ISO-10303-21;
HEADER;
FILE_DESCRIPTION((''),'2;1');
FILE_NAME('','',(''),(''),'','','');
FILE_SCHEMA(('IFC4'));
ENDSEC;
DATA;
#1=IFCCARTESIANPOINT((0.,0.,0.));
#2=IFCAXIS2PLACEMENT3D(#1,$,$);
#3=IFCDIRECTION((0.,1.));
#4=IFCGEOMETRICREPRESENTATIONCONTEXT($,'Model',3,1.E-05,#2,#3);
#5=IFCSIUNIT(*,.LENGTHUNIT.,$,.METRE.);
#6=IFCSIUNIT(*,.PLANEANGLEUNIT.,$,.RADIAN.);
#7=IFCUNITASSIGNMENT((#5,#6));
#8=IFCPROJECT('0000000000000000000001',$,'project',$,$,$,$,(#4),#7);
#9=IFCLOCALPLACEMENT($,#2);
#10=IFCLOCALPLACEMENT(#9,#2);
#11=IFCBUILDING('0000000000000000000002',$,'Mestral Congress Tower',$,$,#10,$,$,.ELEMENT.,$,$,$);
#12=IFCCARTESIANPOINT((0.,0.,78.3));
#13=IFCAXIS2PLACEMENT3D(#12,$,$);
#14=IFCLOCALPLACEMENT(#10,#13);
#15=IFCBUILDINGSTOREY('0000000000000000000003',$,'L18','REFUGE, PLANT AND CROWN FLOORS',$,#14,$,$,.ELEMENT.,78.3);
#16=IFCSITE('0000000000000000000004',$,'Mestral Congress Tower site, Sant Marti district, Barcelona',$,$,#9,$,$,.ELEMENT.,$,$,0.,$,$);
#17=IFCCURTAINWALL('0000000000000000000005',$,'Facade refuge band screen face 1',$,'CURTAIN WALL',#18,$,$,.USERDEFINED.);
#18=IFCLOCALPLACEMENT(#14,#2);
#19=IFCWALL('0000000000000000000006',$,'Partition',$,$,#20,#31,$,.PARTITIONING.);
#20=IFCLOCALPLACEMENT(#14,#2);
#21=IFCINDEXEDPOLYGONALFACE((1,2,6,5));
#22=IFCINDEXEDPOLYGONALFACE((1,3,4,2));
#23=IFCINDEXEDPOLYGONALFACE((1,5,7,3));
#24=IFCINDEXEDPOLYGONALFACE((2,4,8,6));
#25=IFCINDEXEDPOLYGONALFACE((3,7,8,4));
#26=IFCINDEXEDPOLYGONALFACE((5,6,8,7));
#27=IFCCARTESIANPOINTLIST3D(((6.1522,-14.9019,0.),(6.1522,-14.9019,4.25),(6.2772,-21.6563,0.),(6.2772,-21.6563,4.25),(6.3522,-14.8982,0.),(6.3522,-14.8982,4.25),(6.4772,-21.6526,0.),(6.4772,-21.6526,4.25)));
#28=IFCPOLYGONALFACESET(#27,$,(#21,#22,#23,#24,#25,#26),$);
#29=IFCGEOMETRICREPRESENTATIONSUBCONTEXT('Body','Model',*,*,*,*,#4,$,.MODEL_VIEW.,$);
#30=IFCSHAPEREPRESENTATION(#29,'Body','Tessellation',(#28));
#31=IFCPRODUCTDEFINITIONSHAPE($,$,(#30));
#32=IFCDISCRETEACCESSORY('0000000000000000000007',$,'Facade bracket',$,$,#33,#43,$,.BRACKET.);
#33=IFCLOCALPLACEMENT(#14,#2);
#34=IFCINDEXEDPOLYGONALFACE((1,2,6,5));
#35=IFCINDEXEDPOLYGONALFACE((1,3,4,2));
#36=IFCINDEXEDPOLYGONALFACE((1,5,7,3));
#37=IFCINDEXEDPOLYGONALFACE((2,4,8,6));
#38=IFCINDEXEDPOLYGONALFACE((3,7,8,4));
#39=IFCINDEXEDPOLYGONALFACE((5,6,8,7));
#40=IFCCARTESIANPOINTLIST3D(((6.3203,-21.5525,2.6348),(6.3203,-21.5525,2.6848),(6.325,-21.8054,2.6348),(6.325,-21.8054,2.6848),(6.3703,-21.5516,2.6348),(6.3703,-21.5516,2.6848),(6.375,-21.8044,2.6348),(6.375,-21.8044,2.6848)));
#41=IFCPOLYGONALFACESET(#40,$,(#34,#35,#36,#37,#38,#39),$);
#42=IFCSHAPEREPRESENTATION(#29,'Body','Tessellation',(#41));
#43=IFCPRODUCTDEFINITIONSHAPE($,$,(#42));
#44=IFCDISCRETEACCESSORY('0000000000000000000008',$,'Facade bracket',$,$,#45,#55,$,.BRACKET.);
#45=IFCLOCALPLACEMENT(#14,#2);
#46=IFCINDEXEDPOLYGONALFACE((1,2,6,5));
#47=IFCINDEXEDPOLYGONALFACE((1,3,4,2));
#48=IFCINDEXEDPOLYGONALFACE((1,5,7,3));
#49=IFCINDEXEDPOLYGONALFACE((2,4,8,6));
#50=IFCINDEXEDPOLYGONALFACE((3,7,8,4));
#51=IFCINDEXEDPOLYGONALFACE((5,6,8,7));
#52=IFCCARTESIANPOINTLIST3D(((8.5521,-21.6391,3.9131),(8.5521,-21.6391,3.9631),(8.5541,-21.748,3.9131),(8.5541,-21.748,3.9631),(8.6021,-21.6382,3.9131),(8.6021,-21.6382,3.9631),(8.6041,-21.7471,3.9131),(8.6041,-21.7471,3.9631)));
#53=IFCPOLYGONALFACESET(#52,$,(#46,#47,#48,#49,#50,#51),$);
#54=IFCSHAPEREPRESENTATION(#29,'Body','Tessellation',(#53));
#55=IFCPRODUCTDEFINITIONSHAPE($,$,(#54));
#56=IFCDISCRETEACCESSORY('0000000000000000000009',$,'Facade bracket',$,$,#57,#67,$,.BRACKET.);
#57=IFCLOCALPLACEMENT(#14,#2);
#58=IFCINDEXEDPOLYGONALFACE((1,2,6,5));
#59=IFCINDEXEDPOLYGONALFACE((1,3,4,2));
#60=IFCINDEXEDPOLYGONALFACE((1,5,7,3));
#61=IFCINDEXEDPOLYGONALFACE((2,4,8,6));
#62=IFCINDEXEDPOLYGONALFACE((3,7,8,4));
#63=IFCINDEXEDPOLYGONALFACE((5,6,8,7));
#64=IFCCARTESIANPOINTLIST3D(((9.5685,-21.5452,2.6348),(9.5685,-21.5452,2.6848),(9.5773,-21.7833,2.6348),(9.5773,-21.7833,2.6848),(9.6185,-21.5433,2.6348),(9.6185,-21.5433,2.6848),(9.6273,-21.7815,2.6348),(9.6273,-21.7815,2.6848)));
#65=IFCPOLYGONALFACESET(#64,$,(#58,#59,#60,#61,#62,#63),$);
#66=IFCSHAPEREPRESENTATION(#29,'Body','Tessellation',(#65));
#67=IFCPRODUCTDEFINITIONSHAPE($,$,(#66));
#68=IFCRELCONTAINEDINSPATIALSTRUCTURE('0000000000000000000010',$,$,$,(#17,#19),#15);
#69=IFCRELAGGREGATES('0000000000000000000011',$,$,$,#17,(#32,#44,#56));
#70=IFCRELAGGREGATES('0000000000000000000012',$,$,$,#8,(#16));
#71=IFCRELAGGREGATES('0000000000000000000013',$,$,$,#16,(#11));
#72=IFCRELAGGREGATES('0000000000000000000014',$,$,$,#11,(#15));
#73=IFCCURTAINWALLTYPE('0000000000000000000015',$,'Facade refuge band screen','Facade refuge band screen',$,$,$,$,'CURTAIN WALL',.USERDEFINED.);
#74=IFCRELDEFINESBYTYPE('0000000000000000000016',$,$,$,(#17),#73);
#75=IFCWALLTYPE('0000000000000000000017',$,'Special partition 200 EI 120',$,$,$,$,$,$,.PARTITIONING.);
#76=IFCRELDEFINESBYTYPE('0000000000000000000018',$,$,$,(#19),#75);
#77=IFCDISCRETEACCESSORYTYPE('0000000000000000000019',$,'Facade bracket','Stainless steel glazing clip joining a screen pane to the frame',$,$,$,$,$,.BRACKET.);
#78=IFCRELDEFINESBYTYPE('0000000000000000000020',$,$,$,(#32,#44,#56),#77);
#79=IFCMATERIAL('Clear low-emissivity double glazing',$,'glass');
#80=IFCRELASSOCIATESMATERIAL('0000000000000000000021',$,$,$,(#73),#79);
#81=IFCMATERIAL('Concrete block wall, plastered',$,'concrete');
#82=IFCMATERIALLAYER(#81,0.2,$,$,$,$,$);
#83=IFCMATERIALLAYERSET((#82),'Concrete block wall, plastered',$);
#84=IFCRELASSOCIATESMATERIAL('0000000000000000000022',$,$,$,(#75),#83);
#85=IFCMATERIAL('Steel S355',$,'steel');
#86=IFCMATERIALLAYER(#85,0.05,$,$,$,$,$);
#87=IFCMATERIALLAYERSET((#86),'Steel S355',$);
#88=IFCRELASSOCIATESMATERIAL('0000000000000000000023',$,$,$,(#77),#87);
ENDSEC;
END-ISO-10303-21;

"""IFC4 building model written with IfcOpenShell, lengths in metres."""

from ifc_helpers import new_model, si_unit, direction, frame, frame_2d, origin, origin_2d, place, context, subcontext, project, spatial, rectangle, extrude, material, layer, layer_set, type_object, element, aggregate, save


model = new_model("IFC4")

# Units and contexts
model_context = context("Model", 3, precision=1e-05, world=origin(), true_north=direction((0.0, 1.0)))
body_context = subcontext(model_context, "Body", "Model", "MODEL_VIEW")
ifc_project = project(units=[si_unit("LENGTHUNIT", "METRE"), si_unit("PLANEANGLEUNIT", "RADIAN")], contexts=[model_context])

# Site, building, storey
site_placement = place(None, origin())
site = spatial("IfcSite", under=ifc_project, at=site_placement, Name="Mestral Congress Tower site, Sant Marti district, Barcelona", CompositionType="ELEMENT", RefElevation=0.0)
building_placement = place(site_placement, origin())
building = spatial("IfcBuilding", under=site, at=building_placement, Name="Mestral Congress Tower", CompositionType="ELEMENT")
storey_placement = place(building_placement, frame((0.0, 0.0, 78.3)))
storey = spatial("IfcBuildingStorey", under=building, at=storey_placement, Name="L18", Description="REFUGE, PLANT AND CROWN FLOORS", CompositionType="ELEMENT", Elevation=78.3)

# Curtain wall
ifc_material_1 = material(Name="Clear low-emissivity double glazing", Category="glass")
curtain_wall_type = type_object("IfcCurtainWallType", Name="Facade refuge band screen", Description="Facade refuge band screen", ElementType="CURTAIN WALL", PredefinedType="USERDEFINED", material=ifc_material_1)
curtain_wall_placement = place(storey_placement, origin())
curtain_wall = element("IfcCurtainWall", 1, at=curtain_wall_placement, inside=storey, type_object=curtain_wall_type, Name="Facade refuge band screen face 1", ObjectType="CURTAIN WALL", PredefinedType="USERDEFINED")

# Wall
ifc_material_2 = material(Name="Concrete block wall, plastered", Category="concrete")
ifc_layer_1 = layer(ifc_material_2, 0.2)
ifc_layer_set_1 = layer_set([ifc_layer_1], Name="Concrete block wall, plastered")
wall_type_1 = type_object("IfcWallType", Name="Special partition 200 EI 120", PredefinedType="PARTITIONING", material=ifc_layer_set_1)
wall_1_placement = place(storey_placement, frame((6.2522, -14.8999, 0.0), z_axis=(0.0, 0.0, 1.0), x_axis=(0.018503, -0.999829, 0.0)))
element("IfcWall", 2, at=wall_1_placement, inside=storey, type_object=wall_type_1, Name="Partition", PredefinedType="PARTITIONING", context=body_context, shape_type="SweptSolid", body=[
    extrude(rectangle(XDim=6.7556, YDim=0.2, at=frame_2d((3.3779, 0.0))), origin(), (0.0, 0.0, 1.0), 4.25),
])

# Discrete accessories
ifc_material_3 = material(Name="Steel S355", Category="steel")
ifc_layer_2 = layer(ifc_material_3, 0.05)
ifc_layer_set_2 = layer_set([ifc_layer_2], Name="Steel S355")
discrete_accessory_type = type_object("IfcDiscreteAccessoryType", Name="Facade bracket", Description="Stainless steel glazing clip joining a screen pane to the frame", PredefinedType="BRACKET", material=ifc_layer_set_2)
discrete_accessory_1_placement = place(storey_placement, frame((6.3477, -21.6785, 2.6348), z_axis=(0.0, 0.0, 1.0), x_axis=(0.99983, 0.018452, 0.0)))
discrete_accessory_1 = element("IfcDiscreteAccessory", 3, at=discrete_accessory_1_placement, type_object=discrete_accessory_type, Name="Facade bracket", PredefinedType="BRACKET", context=body_context, shape_type="SweptSolid", body=[
    extrude(rectangle(XDim=0.05, YDim=0.2529, at=origin_2d()), origin(), (0.0, 0.0, 1.0), 0.05),
])
discrete_accessory_2_placement = place(storey_placement, frame((8.5781, -21.6931, 3.9131), z_axis=(0.0, 0.0, 1.0), x_axis=(0.99983, 0.018428, 0.0)))
discrete_accessory_2 = element("IfcDiscreteAccessory", 4, at=discrete_accessory_2_placement, type_object=discrete_accessory_type, Name="Facade bracket", PredefinedType="BRACKET", context=body_context, shape_type="SweptSolid", body=[
    extrude(rectangle(XDim=0.05, YDim=0.1089, at=origin_2d()), origin(), (0.0, 0.0, 1.0), 0.05),
])
discrete_accessory_3_placement = place(storey_placement, frame((9.5979, -21.6633, 2.6348), z_axis=(0.0, 0.0, 1.0), x_axis=(0.999316, 0.036968, 0.0)))
discrete_accessory_3 = element("IfcDiscreteAccessory", 5, at=discrete_accessory_3_placement, type_object=discrete_accessory_type, Name="Facade bracket", PredefinedType="BRACKET", context=body_context, shape_type="SweptSolid", body=[
    extrude(rectangle(XDim=0.05, YDim=0.2383, at=origin_2d()), origin(), (0.0, 0.0, 1.0), 0.05),
])
aggregate(curtain_wall, [discrete_accessory_1, discrete_accessory_2, discrete_accessory_3])

save(model, "model.ifc")
